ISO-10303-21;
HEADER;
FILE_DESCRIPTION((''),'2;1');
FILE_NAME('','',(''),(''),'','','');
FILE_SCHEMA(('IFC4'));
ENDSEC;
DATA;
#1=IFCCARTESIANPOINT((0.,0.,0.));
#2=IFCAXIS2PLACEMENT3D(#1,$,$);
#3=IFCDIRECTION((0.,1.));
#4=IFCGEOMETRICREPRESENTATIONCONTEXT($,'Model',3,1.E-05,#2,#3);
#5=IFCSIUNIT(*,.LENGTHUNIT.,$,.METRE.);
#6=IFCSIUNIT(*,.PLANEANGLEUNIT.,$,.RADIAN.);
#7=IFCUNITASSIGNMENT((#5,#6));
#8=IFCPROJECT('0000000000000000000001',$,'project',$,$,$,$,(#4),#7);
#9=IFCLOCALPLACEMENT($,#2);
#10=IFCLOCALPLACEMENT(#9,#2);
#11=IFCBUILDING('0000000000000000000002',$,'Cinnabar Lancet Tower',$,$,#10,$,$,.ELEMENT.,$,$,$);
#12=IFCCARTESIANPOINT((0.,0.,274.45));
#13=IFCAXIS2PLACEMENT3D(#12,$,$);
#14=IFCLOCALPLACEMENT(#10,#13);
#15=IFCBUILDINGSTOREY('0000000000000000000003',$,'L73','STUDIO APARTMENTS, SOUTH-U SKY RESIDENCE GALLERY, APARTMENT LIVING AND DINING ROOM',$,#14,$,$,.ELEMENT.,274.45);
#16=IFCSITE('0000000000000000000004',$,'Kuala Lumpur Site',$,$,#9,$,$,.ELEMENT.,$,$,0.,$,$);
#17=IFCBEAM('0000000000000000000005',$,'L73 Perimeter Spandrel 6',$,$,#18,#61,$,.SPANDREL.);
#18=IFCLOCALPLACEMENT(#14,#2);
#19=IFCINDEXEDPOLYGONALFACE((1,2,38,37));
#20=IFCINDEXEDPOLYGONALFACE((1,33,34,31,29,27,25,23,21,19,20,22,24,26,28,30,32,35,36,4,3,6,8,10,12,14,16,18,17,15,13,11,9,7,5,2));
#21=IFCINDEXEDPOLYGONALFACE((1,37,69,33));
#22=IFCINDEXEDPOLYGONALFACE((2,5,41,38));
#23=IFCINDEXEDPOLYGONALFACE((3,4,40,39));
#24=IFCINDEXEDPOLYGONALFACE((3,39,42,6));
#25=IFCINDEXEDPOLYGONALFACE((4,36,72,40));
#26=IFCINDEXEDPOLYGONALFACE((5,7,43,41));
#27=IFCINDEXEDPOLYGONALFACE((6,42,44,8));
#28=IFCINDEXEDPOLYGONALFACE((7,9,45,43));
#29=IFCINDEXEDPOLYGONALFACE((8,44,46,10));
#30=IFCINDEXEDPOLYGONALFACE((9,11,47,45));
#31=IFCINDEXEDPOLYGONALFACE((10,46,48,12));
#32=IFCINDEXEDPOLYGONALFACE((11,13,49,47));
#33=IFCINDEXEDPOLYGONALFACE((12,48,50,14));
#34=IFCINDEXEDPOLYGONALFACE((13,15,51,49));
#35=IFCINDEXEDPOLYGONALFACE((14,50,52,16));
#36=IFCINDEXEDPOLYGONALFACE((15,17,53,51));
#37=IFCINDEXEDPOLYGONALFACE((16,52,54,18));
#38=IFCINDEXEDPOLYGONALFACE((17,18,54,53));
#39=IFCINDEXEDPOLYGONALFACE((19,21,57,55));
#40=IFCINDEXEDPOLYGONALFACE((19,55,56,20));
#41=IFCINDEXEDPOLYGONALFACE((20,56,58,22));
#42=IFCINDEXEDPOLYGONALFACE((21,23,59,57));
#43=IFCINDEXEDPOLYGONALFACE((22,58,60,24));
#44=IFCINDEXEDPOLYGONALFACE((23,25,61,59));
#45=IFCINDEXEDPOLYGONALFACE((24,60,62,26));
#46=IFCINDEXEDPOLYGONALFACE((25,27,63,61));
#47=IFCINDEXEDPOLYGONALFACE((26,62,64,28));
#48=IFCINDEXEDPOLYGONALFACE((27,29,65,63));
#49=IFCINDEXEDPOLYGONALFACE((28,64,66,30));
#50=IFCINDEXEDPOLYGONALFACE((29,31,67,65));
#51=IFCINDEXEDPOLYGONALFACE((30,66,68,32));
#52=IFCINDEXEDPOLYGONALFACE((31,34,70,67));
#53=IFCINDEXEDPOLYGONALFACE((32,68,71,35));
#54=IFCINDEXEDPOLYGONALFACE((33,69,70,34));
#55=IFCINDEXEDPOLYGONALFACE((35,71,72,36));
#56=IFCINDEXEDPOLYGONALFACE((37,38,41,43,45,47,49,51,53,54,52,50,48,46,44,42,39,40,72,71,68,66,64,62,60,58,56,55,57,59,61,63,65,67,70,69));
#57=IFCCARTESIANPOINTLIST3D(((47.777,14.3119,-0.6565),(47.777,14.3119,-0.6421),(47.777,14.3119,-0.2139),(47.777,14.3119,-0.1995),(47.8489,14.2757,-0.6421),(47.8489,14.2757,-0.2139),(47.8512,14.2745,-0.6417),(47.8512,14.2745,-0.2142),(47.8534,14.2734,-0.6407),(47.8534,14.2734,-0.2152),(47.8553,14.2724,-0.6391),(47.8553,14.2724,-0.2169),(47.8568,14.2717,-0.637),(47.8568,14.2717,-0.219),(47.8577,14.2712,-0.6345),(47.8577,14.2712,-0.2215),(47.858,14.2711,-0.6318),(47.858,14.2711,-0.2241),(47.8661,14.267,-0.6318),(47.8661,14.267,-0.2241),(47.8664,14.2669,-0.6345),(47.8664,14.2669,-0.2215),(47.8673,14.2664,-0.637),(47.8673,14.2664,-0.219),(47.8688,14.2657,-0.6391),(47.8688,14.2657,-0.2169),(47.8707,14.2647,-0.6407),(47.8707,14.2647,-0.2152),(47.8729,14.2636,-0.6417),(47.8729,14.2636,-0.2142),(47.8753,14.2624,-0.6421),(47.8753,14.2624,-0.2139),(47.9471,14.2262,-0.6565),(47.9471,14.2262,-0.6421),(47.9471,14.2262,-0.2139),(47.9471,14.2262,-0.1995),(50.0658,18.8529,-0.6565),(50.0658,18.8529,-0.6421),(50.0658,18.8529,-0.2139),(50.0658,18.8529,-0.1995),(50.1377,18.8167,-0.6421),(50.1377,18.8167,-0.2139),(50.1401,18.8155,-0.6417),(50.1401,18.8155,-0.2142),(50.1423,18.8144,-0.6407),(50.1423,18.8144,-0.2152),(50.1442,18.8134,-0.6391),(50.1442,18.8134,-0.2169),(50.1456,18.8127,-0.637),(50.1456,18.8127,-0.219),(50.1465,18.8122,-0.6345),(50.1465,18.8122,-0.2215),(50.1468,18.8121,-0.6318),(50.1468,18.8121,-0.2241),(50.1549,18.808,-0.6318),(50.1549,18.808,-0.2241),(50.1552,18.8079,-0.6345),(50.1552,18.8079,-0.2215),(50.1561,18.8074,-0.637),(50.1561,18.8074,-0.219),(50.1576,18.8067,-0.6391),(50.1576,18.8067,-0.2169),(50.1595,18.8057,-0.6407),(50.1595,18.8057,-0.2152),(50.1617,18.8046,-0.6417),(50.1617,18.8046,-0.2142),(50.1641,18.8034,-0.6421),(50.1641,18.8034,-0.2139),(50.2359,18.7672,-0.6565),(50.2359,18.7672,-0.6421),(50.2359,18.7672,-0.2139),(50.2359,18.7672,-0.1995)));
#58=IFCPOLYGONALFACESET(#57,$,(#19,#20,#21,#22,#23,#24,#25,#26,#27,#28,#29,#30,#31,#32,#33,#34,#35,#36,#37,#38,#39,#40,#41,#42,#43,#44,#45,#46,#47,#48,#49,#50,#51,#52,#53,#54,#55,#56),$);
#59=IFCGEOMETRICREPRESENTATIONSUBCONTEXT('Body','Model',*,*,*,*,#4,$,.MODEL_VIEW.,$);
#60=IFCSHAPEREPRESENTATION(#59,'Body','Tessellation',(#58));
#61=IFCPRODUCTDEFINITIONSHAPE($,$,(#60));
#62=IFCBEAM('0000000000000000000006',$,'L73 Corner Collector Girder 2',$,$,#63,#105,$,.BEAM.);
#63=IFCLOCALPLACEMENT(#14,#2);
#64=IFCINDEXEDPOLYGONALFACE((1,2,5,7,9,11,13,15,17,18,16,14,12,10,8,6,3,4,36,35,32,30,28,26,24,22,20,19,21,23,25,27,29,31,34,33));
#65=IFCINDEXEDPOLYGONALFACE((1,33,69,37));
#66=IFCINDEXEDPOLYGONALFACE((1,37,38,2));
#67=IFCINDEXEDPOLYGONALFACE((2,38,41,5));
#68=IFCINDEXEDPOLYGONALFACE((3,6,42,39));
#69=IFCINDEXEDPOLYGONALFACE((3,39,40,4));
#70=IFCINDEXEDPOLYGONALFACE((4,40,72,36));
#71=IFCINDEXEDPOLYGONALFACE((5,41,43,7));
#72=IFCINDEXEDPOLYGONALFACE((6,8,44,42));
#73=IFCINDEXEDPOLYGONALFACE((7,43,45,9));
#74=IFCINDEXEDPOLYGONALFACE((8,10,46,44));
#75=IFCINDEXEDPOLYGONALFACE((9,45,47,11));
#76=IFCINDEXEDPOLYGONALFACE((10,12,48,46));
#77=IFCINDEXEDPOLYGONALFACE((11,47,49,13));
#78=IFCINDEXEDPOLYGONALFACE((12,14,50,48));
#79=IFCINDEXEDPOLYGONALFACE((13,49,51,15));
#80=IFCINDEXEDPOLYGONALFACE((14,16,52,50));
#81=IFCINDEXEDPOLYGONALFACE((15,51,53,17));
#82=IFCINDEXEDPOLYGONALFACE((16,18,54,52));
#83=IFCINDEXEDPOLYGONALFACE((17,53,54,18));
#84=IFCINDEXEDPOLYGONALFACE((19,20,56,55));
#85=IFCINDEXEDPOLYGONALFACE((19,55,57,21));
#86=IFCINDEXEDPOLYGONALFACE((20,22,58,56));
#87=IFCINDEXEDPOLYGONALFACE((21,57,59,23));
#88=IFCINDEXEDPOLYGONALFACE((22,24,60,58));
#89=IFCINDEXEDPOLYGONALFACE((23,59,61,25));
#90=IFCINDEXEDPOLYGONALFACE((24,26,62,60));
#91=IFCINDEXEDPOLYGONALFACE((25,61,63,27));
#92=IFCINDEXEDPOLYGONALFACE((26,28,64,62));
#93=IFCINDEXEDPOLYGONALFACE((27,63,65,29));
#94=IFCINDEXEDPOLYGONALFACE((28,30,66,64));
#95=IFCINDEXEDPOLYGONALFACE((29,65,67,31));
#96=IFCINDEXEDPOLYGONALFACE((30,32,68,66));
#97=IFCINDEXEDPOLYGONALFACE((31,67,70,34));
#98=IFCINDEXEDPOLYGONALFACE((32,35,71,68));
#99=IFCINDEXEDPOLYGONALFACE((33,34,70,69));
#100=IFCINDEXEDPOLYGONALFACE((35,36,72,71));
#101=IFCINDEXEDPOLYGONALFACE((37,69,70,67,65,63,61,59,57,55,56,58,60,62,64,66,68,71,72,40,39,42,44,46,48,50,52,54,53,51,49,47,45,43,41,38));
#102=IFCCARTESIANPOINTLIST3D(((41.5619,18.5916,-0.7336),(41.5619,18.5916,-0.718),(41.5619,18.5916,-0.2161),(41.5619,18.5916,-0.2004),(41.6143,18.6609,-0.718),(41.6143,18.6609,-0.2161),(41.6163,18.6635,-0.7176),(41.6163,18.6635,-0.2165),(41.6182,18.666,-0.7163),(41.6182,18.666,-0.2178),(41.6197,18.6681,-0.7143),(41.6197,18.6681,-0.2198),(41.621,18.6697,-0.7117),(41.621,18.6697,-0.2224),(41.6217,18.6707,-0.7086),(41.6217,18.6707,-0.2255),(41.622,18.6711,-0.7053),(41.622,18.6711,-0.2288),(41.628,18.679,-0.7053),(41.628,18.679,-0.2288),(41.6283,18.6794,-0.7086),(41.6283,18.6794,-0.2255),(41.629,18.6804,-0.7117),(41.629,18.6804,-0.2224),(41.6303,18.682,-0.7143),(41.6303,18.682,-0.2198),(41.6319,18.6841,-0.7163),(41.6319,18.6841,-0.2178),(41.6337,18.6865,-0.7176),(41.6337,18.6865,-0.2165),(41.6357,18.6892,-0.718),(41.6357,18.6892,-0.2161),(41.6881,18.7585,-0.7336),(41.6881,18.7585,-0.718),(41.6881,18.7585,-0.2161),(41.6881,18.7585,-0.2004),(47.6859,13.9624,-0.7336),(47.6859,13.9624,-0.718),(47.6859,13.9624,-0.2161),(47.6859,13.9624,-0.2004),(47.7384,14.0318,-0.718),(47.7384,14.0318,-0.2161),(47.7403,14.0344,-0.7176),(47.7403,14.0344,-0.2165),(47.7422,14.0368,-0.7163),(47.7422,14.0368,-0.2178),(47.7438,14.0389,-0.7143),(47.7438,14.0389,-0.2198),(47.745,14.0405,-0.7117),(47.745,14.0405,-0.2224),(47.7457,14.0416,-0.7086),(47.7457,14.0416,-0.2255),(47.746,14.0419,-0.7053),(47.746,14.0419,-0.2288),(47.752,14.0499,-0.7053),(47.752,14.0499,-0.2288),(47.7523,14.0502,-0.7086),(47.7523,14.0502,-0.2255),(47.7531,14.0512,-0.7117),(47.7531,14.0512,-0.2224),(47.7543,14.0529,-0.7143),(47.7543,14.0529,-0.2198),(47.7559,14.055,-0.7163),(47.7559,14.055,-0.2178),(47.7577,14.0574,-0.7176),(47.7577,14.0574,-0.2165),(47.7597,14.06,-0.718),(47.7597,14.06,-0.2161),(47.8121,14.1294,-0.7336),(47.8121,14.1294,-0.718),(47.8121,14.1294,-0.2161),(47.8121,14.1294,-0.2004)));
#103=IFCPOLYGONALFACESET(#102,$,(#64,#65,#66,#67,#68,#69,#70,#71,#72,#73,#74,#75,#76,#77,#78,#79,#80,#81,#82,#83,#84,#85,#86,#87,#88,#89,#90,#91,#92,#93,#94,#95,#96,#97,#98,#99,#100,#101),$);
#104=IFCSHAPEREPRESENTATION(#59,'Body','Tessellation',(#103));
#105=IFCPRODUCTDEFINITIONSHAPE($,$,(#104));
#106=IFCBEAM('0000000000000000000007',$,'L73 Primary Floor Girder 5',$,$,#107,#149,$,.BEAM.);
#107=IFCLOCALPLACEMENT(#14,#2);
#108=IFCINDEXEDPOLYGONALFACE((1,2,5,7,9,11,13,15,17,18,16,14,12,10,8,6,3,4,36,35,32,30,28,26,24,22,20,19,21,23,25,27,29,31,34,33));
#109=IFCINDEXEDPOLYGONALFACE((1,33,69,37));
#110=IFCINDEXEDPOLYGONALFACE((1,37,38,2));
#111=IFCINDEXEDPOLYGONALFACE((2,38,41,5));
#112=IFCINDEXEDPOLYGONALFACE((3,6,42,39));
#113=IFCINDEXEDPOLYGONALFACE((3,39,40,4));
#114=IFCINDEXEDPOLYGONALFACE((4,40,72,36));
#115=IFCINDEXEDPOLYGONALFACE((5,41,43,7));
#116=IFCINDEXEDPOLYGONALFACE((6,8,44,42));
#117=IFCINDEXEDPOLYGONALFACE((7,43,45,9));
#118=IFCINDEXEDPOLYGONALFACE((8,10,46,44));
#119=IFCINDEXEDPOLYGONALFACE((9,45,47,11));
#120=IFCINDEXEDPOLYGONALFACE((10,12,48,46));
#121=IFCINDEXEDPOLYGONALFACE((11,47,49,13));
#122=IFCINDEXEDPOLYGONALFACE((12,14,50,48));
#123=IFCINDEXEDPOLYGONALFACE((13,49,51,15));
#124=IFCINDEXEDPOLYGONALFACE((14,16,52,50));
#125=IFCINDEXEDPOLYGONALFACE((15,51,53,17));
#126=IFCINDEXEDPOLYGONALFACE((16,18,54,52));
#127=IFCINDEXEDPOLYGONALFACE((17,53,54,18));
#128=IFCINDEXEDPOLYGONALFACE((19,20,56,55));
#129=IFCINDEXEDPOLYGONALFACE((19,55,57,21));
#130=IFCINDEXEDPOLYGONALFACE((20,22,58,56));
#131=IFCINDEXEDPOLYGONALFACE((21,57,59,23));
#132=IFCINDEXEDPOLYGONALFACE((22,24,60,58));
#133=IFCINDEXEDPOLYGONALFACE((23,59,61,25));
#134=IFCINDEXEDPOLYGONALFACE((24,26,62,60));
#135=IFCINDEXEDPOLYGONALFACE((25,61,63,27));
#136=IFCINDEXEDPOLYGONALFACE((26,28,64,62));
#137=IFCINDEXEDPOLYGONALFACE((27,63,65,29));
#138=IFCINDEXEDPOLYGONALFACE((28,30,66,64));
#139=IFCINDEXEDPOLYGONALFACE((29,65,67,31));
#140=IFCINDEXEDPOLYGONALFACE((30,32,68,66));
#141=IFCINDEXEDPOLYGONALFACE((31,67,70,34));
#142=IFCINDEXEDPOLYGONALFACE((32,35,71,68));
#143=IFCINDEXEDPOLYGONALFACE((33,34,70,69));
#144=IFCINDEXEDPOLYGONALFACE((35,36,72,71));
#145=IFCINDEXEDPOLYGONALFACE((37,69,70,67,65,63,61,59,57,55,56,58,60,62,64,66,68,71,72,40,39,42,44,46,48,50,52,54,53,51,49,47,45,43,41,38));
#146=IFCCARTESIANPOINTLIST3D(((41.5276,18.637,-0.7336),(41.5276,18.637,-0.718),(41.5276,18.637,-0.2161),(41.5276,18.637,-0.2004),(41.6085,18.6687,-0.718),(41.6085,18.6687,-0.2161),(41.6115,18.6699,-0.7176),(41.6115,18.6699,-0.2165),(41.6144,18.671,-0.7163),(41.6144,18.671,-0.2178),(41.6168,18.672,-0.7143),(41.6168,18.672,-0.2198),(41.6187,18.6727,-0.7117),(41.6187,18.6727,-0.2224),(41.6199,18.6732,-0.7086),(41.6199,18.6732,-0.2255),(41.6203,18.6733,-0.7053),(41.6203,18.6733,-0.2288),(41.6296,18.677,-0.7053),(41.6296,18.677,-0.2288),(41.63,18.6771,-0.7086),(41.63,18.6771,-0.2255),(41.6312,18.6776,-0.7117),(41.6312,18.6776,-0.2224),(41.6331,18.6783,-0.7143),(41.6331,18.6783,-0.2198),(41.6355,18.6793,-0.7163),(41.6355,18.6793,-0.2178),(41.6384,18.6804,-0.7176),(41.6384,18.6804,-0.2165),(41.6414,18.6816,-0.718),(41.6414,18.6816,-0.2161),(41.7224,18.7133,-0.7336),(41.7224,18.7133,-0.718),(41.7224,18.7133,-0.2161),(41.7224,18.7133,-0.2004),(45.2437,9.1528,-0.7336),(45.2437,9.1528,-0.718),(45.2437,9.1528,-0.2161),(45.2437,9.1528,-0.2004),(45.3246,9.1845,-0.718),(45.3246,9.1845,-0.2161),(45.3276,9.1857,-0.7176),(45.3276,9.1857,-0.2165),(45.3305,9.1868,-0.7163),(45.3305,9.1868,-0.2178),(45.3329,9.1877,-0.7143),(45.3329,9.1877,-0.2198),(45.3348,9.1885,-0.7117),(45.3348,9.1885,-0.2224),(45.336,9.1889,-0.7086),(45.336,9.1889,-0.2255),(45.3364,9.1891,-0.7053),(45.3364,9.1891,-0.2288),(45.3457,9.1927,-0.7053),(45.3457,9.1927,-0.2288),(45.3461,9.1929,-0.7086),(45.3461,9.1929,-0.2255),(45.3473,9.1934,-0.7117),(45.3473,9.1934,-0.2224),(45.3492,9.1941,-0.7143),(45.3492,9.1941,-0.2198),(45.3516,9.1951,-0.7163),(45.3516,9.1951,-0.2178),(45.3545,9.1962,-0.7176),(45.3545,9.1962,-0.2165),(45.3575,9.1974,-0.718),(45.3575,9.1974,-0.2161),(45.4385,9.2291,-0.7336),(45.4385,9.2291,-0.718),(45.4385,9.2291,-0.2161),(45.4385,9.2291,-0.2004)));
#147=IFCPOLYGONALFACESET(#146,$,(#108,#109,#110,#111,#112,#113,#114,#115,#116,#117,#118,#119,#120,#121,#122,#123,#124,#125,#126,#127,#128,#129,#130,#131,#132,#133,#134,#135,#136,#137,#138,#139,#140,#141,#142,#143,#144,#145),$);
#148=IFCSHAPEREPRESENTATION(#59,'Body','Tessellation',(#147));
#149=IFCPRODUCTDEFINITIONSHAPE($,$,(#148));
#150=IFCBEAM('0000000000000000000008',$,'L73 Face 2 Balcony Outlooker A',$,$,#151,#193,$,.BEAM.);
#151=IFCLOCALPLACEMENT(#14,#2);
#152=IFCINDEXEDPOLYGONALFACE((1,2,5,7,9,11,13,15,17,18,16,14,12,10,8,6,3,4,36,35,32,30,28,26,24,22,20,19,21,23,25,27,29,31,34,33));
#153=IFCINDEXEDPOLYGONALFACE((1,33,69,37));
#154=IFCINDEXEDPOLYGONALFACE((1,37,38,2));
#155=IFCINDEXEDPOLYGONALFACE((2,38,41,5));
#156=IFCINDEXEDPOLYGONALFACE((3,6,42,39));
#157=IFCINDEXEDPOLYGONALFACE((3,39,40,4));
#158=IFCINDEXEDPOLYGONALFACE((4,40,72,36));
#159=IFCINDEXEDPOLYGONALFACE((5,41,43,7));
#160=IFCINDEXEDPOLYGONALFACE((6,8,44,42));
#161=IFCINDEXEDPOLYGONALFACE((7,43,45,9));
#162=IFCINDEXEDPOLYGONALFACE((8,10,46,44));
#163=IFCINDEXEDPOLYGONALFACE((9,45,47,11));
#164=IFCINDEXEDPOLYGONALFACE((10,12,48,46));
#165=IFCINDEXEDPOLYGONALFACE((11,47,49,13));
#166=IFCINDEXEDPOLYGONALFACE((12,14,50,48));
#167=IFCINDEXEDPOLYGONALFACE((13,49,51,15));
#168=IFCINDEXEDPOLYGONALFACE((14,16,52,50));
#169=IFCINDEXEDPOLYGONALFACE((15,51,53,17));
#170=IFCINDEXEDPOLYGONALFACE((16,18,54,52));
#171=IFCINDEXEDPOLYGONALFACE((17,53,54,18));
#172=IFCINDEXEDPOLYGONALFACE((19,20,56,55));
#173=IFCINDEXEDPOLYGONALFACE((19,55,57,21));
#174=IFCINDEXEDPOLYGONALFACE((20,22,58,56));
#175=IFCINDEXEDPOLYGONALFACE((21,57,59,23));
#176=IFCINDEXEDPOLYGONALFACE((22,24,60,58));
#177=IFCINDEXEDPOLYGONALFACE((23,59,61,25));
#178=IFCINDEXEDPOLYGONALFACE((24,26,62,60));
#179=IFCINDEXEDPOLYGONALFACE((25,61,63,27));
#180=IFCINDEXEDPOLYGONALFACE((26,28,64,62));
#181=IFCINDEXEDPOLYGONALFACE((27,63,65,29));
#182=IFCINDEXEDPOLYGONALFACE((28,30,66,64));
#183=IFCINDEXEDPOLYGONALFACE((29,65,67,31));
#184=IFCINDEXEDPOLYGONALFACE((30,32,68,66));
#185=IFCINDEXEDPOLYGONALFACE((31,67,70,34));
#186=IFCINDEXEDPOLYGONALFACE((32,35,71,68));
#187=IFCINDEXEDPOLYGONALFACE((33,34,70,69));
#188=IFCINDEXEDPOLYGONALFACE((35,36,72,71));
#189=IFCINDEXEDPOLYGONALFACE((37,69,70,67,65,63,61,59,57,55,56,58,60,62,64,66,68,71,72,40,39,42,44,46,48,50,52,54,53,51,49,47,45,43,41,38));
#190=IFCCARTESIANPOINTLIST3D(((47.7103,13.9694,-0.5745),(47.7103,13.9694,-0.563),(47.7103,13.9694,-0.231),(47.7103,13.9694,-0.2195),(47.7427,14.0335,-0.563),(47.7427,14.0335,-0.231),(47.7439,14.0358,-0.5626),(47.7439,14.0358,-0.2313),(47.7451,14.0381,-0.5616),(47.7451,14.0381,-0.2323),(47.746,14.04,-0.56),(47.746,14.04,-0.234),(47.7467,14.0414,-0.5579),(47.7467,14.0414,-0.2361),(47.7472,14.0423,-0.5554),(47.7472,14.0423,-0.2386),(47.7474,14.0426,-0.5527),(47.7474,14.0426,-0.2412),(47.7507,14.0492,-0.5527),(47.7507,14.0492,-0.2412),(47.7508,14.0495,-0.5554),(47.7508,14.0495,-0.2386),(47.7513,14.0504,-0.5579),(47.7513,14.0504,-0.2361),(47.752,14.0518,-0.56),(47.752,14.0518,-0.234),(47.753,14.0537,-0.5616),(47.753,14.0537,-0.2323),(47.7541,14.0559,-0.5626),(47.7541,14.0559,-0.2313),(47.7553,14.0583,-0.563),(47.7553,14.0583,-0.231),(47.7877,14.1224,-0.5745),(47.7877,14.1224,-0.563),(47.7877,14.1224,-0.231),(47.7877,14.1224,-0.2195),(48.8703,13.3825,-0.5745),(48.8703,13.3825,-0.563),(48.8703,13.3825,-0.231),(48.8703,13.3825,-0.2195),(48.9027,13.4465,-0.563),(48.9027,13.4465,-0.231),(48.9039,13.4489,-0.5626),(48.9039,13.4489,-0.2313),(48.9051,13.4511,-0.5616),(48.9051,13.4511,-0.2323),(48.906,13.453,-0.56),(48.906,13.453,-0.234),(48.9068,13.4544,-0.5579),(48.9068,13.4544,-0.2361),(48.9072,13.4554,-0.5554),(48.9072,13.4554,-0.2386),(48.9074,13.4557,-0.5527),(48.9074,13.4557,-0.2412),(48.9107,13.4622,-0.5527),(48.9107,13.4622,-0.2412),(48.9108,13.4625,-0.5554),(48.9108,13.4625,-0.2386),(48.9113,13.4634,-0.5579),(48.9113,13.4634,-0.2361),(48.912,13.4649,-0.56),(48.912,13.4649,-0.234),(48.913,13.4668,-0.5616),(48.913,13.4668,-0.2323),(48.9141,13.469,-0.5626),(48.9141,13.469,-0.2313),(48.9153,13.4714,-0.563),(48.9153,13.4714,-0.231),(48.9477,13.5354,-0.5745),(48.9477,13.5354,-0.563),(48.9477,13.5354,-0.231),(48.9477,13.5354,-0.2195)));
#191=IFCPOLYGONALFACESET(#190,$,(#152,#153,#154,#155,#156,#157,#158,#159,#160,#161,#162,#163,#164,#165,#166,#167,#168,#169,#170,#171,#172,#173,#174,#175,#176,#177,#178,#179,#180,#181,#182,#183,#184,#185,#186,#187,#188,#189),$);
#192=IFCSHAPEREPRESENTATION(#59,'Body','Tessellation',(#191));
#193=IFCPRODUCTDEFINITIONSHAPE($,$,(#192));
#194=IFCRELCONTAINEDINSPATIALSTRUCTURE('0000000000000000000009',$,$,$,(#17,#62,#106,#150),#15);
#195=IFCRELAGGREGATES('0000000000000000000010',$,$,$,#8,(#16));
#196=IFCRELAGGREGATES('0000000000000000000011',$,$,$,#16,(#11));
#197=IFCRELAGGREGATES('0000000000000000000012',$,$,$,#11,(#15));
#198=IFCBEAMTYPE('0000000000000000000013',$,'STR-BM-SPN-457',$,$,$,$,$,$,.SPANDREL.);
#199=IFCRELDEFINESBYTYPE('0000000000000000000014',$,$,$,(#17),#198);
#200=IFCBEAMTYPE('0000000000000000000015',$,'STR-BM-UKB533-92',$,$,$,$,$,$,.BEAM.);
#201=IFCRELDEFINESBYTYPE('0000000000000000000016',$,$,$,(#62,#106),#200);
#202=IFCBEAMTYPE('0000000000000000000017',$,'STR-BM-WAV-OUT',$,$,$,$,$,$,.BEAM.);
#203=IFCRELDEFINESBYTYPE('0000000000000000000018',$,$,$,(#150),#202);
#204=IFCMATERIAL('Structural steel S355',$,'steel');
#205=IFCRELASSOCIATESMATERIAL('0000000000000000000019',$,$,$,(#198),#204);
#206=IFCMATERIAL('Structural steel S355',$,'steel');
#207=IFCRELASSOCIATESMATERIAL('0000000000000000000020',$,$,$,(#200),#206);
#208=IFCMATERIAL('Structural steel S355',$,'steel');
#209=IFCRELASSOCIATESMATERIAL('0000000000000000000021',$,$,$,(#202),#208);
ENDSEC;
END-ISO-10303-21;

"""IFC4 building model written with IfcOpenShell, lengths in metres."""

from ifc_helpers import new_model, si_unit, direction, frame, origin, origin_2d, place, context, subcontext, project, spatial, i_section, extrude, material, material_profile, profile_set, type_object, element, save


model = new_model("IFC4")

# Units and contexts
model_context = context("Model", 3, precision=1e-05, world=origin(), true_north=direction((0.0, 1.0)))
body_context = subcontext(model_context, "Body", "Model", "MODEL_VIEW")
ifc_project = project(units=[si_unit("LENGTHUNIT", "METRE"), si_unit("PLANEANGLEUNIT", "RADIAN")], contexts=[model_context])

# Site, building, storey
site_placement = place(None, origin())
site = spatial("IfcSite", under=ifc_project, at=site_placement, Name="Kuala Lumpur Site", CompositionType="ELEMENT", RefElevation=0.0)
building_placement = place(site_placement, origin())
building = spatial("IfcBuilding", under=site, at=building_placement, Name="Cinnabar Lancet Tower", CompositionType="ELEMENT")
storey_placement = place(building_placement, frame((0.0, 0.0, 274.45)))
storey = spatial("IfcBuildingStorey", under=building, at=storey_placement, Name="L73", Description="STUDIO APARTMENTS, SOUTH-U SKY RESIDENCE GALLERY, APARTMENT LIVING AND DINING ROOM", CompositionType="ELEMENT", Elevation=274.45)

# Beams
ifc_material_1 = material(Name="Structural steel S355", Category="steel")
ifc_material_profile_1 = material_profile(ifc_material_1, i_section(OverallWidth=0.1904, OverallDepth=0.457, WebThickness=0.009, FlangeThickness=0.0144, FilletRadius=0.0103, at=origin_2d()), Name="UKB 457x191x74")
ifc_profile_set_1 = profile_set([ifc_material_profile_1], Name="Structural steel S355")
beam_type_1 = type_object("IfcBeamType", Name="STR-BM-SPN-457", PredefinedType="SPANDREL", material=ifc_profile_set_1)
beam_1_placement = place(storey_placement, frame((47.8621, 14.269, -0.428), z_axis=(0.450092, 0.892982, 0.0), x_axis=(-0.892982, 0.450092, 0.0)))
element("IfcBeam", 1, at=beam_1_placement, inside=storey, type_object=beam_type_1, Name="L73 Perimeter Spandrel 6", PredefinedType="SPANDREL", context=body_context, shape_type="SweptSolid", body=[
    extrude(i_section(OverallWidth=0.1904, OverallDepth=0.457, WebThickness=0.009, FlangeThickness=0.0144, FilletRadius=0.0103, at=origin_2d()), origin(), (0.0, 0.0, 1.0), 5.0852),
])
ifc_material_2 = material(Name="Structural steel S355", Category="steel")
ifc_material_profile_2 = material_profile(ifc_material_2, i_section(OverallWidth=0.2092, OverallDepth=0.5332, WebThickness=0.01, FlangeThickness=0.0156, FilletRadius=0.0127, at=origin_2d()), Name="UKB 533x210x92")
ifc_profile_set_2 = profile_set([ifc_material_profile_2], Name="Structural steel S355")
beam_type_2 = type_object("IfcBeamType", Name="STR-BM-UKB533-92", PredefinedType="BEAM", material=ifc_profile_set_2)
beam_2_placement = place(storey_placement, frame((47.749, 14.0459, -0.467), z_axis=(-0.797735, 0.603008, 0.0), x_axis=(-0.603008, -0.797735, 0.0)))
element("IfcBeam", 2, at=beam_2_placement, inside=storey, type_object=beam_type_2, Name="L73 Corner Collector Girder 2", PredefinedType="BEAM", context=body_context, shape_type="SweptSolid", body=[
    extrude(i_section(OverallWidth=0.2092, OverallDepth=0.5332, WebThickness=0.01, FlangeThickness=0.0156, FilletRadius=0.0127, at=origin_2d()), origin(), (0.0, 0.0, 1.0), 7.6768),
])
beam_3_placement = place(storey_placement, frame((45.3411, 9.1909, -0.467), z_axis=(-0.364815, 0.93108, 0.0), x_axis=(-0.93108, -0.364815, 0.0)))
element("IfcBeam", 3, at=beam_3_placement, inside=storey, type_object=beam_type_2, Name="L73 Primary Floor Girder 5", PredefinedType="BEAM", context=body_context, shape_type="SweptSolid", body=[
    extrude(i_section(OverallWidth=0.2092, OverallDepth=0.5332, WebThickness=0.01, FlangeThickness=0.0156, FilletRadius=0.0127, at=origin_2d()), origin(), (0.0, 0.0, 1.0), 10.1863),
])
ifc_material_3 = material(Name="Structural steel S355", Category="steel")
ifc_material_profile_3 = material_profile(ifc_material_3, i_section(OverallWidth=0.1714, OverallDepth=0.355, WebThickness=0.0073, FlangeThickness=0.0115, FilletRadius=0.0103, at=origin_2d()), Name="UKB 356x171x51")
ifc_profile_set_3 = profile_set([ifc_material_profile_3], Name="Structural steel S355")
beam_type_3 = type_object("IfcBeamType", Name="STR-BM-WAV-OUT", PredefinedType="BEAM", material=ifc_profile_set_3)
beam_4_placement = place(storey_placement, frame((47.749, 14.0459, -0.397), z_axis=(0.892276, -0.45149, 0.0), x_axis=(0.45149, 0.892276, 0.0)))
element("IfcBeam", 4, at=beam_4_placement, inside=storey, type_object=beam_type_3, Name="L73 Face 2 Balcony Outlooker A", PredefinedType="BEAM", context=body_context, shape_type="SweptSolid", body=[
    extrude(i_section(OverallWidth=0.1714, OverallDepth=0.355, WebThickness=0.0073, FlangeThickness=0.0115, FilletRadius=0.0103, at=origin_2d()), origin(), (0.0, 0.0, 1.0), 1.3),
])

save(model, "model.ifc")
